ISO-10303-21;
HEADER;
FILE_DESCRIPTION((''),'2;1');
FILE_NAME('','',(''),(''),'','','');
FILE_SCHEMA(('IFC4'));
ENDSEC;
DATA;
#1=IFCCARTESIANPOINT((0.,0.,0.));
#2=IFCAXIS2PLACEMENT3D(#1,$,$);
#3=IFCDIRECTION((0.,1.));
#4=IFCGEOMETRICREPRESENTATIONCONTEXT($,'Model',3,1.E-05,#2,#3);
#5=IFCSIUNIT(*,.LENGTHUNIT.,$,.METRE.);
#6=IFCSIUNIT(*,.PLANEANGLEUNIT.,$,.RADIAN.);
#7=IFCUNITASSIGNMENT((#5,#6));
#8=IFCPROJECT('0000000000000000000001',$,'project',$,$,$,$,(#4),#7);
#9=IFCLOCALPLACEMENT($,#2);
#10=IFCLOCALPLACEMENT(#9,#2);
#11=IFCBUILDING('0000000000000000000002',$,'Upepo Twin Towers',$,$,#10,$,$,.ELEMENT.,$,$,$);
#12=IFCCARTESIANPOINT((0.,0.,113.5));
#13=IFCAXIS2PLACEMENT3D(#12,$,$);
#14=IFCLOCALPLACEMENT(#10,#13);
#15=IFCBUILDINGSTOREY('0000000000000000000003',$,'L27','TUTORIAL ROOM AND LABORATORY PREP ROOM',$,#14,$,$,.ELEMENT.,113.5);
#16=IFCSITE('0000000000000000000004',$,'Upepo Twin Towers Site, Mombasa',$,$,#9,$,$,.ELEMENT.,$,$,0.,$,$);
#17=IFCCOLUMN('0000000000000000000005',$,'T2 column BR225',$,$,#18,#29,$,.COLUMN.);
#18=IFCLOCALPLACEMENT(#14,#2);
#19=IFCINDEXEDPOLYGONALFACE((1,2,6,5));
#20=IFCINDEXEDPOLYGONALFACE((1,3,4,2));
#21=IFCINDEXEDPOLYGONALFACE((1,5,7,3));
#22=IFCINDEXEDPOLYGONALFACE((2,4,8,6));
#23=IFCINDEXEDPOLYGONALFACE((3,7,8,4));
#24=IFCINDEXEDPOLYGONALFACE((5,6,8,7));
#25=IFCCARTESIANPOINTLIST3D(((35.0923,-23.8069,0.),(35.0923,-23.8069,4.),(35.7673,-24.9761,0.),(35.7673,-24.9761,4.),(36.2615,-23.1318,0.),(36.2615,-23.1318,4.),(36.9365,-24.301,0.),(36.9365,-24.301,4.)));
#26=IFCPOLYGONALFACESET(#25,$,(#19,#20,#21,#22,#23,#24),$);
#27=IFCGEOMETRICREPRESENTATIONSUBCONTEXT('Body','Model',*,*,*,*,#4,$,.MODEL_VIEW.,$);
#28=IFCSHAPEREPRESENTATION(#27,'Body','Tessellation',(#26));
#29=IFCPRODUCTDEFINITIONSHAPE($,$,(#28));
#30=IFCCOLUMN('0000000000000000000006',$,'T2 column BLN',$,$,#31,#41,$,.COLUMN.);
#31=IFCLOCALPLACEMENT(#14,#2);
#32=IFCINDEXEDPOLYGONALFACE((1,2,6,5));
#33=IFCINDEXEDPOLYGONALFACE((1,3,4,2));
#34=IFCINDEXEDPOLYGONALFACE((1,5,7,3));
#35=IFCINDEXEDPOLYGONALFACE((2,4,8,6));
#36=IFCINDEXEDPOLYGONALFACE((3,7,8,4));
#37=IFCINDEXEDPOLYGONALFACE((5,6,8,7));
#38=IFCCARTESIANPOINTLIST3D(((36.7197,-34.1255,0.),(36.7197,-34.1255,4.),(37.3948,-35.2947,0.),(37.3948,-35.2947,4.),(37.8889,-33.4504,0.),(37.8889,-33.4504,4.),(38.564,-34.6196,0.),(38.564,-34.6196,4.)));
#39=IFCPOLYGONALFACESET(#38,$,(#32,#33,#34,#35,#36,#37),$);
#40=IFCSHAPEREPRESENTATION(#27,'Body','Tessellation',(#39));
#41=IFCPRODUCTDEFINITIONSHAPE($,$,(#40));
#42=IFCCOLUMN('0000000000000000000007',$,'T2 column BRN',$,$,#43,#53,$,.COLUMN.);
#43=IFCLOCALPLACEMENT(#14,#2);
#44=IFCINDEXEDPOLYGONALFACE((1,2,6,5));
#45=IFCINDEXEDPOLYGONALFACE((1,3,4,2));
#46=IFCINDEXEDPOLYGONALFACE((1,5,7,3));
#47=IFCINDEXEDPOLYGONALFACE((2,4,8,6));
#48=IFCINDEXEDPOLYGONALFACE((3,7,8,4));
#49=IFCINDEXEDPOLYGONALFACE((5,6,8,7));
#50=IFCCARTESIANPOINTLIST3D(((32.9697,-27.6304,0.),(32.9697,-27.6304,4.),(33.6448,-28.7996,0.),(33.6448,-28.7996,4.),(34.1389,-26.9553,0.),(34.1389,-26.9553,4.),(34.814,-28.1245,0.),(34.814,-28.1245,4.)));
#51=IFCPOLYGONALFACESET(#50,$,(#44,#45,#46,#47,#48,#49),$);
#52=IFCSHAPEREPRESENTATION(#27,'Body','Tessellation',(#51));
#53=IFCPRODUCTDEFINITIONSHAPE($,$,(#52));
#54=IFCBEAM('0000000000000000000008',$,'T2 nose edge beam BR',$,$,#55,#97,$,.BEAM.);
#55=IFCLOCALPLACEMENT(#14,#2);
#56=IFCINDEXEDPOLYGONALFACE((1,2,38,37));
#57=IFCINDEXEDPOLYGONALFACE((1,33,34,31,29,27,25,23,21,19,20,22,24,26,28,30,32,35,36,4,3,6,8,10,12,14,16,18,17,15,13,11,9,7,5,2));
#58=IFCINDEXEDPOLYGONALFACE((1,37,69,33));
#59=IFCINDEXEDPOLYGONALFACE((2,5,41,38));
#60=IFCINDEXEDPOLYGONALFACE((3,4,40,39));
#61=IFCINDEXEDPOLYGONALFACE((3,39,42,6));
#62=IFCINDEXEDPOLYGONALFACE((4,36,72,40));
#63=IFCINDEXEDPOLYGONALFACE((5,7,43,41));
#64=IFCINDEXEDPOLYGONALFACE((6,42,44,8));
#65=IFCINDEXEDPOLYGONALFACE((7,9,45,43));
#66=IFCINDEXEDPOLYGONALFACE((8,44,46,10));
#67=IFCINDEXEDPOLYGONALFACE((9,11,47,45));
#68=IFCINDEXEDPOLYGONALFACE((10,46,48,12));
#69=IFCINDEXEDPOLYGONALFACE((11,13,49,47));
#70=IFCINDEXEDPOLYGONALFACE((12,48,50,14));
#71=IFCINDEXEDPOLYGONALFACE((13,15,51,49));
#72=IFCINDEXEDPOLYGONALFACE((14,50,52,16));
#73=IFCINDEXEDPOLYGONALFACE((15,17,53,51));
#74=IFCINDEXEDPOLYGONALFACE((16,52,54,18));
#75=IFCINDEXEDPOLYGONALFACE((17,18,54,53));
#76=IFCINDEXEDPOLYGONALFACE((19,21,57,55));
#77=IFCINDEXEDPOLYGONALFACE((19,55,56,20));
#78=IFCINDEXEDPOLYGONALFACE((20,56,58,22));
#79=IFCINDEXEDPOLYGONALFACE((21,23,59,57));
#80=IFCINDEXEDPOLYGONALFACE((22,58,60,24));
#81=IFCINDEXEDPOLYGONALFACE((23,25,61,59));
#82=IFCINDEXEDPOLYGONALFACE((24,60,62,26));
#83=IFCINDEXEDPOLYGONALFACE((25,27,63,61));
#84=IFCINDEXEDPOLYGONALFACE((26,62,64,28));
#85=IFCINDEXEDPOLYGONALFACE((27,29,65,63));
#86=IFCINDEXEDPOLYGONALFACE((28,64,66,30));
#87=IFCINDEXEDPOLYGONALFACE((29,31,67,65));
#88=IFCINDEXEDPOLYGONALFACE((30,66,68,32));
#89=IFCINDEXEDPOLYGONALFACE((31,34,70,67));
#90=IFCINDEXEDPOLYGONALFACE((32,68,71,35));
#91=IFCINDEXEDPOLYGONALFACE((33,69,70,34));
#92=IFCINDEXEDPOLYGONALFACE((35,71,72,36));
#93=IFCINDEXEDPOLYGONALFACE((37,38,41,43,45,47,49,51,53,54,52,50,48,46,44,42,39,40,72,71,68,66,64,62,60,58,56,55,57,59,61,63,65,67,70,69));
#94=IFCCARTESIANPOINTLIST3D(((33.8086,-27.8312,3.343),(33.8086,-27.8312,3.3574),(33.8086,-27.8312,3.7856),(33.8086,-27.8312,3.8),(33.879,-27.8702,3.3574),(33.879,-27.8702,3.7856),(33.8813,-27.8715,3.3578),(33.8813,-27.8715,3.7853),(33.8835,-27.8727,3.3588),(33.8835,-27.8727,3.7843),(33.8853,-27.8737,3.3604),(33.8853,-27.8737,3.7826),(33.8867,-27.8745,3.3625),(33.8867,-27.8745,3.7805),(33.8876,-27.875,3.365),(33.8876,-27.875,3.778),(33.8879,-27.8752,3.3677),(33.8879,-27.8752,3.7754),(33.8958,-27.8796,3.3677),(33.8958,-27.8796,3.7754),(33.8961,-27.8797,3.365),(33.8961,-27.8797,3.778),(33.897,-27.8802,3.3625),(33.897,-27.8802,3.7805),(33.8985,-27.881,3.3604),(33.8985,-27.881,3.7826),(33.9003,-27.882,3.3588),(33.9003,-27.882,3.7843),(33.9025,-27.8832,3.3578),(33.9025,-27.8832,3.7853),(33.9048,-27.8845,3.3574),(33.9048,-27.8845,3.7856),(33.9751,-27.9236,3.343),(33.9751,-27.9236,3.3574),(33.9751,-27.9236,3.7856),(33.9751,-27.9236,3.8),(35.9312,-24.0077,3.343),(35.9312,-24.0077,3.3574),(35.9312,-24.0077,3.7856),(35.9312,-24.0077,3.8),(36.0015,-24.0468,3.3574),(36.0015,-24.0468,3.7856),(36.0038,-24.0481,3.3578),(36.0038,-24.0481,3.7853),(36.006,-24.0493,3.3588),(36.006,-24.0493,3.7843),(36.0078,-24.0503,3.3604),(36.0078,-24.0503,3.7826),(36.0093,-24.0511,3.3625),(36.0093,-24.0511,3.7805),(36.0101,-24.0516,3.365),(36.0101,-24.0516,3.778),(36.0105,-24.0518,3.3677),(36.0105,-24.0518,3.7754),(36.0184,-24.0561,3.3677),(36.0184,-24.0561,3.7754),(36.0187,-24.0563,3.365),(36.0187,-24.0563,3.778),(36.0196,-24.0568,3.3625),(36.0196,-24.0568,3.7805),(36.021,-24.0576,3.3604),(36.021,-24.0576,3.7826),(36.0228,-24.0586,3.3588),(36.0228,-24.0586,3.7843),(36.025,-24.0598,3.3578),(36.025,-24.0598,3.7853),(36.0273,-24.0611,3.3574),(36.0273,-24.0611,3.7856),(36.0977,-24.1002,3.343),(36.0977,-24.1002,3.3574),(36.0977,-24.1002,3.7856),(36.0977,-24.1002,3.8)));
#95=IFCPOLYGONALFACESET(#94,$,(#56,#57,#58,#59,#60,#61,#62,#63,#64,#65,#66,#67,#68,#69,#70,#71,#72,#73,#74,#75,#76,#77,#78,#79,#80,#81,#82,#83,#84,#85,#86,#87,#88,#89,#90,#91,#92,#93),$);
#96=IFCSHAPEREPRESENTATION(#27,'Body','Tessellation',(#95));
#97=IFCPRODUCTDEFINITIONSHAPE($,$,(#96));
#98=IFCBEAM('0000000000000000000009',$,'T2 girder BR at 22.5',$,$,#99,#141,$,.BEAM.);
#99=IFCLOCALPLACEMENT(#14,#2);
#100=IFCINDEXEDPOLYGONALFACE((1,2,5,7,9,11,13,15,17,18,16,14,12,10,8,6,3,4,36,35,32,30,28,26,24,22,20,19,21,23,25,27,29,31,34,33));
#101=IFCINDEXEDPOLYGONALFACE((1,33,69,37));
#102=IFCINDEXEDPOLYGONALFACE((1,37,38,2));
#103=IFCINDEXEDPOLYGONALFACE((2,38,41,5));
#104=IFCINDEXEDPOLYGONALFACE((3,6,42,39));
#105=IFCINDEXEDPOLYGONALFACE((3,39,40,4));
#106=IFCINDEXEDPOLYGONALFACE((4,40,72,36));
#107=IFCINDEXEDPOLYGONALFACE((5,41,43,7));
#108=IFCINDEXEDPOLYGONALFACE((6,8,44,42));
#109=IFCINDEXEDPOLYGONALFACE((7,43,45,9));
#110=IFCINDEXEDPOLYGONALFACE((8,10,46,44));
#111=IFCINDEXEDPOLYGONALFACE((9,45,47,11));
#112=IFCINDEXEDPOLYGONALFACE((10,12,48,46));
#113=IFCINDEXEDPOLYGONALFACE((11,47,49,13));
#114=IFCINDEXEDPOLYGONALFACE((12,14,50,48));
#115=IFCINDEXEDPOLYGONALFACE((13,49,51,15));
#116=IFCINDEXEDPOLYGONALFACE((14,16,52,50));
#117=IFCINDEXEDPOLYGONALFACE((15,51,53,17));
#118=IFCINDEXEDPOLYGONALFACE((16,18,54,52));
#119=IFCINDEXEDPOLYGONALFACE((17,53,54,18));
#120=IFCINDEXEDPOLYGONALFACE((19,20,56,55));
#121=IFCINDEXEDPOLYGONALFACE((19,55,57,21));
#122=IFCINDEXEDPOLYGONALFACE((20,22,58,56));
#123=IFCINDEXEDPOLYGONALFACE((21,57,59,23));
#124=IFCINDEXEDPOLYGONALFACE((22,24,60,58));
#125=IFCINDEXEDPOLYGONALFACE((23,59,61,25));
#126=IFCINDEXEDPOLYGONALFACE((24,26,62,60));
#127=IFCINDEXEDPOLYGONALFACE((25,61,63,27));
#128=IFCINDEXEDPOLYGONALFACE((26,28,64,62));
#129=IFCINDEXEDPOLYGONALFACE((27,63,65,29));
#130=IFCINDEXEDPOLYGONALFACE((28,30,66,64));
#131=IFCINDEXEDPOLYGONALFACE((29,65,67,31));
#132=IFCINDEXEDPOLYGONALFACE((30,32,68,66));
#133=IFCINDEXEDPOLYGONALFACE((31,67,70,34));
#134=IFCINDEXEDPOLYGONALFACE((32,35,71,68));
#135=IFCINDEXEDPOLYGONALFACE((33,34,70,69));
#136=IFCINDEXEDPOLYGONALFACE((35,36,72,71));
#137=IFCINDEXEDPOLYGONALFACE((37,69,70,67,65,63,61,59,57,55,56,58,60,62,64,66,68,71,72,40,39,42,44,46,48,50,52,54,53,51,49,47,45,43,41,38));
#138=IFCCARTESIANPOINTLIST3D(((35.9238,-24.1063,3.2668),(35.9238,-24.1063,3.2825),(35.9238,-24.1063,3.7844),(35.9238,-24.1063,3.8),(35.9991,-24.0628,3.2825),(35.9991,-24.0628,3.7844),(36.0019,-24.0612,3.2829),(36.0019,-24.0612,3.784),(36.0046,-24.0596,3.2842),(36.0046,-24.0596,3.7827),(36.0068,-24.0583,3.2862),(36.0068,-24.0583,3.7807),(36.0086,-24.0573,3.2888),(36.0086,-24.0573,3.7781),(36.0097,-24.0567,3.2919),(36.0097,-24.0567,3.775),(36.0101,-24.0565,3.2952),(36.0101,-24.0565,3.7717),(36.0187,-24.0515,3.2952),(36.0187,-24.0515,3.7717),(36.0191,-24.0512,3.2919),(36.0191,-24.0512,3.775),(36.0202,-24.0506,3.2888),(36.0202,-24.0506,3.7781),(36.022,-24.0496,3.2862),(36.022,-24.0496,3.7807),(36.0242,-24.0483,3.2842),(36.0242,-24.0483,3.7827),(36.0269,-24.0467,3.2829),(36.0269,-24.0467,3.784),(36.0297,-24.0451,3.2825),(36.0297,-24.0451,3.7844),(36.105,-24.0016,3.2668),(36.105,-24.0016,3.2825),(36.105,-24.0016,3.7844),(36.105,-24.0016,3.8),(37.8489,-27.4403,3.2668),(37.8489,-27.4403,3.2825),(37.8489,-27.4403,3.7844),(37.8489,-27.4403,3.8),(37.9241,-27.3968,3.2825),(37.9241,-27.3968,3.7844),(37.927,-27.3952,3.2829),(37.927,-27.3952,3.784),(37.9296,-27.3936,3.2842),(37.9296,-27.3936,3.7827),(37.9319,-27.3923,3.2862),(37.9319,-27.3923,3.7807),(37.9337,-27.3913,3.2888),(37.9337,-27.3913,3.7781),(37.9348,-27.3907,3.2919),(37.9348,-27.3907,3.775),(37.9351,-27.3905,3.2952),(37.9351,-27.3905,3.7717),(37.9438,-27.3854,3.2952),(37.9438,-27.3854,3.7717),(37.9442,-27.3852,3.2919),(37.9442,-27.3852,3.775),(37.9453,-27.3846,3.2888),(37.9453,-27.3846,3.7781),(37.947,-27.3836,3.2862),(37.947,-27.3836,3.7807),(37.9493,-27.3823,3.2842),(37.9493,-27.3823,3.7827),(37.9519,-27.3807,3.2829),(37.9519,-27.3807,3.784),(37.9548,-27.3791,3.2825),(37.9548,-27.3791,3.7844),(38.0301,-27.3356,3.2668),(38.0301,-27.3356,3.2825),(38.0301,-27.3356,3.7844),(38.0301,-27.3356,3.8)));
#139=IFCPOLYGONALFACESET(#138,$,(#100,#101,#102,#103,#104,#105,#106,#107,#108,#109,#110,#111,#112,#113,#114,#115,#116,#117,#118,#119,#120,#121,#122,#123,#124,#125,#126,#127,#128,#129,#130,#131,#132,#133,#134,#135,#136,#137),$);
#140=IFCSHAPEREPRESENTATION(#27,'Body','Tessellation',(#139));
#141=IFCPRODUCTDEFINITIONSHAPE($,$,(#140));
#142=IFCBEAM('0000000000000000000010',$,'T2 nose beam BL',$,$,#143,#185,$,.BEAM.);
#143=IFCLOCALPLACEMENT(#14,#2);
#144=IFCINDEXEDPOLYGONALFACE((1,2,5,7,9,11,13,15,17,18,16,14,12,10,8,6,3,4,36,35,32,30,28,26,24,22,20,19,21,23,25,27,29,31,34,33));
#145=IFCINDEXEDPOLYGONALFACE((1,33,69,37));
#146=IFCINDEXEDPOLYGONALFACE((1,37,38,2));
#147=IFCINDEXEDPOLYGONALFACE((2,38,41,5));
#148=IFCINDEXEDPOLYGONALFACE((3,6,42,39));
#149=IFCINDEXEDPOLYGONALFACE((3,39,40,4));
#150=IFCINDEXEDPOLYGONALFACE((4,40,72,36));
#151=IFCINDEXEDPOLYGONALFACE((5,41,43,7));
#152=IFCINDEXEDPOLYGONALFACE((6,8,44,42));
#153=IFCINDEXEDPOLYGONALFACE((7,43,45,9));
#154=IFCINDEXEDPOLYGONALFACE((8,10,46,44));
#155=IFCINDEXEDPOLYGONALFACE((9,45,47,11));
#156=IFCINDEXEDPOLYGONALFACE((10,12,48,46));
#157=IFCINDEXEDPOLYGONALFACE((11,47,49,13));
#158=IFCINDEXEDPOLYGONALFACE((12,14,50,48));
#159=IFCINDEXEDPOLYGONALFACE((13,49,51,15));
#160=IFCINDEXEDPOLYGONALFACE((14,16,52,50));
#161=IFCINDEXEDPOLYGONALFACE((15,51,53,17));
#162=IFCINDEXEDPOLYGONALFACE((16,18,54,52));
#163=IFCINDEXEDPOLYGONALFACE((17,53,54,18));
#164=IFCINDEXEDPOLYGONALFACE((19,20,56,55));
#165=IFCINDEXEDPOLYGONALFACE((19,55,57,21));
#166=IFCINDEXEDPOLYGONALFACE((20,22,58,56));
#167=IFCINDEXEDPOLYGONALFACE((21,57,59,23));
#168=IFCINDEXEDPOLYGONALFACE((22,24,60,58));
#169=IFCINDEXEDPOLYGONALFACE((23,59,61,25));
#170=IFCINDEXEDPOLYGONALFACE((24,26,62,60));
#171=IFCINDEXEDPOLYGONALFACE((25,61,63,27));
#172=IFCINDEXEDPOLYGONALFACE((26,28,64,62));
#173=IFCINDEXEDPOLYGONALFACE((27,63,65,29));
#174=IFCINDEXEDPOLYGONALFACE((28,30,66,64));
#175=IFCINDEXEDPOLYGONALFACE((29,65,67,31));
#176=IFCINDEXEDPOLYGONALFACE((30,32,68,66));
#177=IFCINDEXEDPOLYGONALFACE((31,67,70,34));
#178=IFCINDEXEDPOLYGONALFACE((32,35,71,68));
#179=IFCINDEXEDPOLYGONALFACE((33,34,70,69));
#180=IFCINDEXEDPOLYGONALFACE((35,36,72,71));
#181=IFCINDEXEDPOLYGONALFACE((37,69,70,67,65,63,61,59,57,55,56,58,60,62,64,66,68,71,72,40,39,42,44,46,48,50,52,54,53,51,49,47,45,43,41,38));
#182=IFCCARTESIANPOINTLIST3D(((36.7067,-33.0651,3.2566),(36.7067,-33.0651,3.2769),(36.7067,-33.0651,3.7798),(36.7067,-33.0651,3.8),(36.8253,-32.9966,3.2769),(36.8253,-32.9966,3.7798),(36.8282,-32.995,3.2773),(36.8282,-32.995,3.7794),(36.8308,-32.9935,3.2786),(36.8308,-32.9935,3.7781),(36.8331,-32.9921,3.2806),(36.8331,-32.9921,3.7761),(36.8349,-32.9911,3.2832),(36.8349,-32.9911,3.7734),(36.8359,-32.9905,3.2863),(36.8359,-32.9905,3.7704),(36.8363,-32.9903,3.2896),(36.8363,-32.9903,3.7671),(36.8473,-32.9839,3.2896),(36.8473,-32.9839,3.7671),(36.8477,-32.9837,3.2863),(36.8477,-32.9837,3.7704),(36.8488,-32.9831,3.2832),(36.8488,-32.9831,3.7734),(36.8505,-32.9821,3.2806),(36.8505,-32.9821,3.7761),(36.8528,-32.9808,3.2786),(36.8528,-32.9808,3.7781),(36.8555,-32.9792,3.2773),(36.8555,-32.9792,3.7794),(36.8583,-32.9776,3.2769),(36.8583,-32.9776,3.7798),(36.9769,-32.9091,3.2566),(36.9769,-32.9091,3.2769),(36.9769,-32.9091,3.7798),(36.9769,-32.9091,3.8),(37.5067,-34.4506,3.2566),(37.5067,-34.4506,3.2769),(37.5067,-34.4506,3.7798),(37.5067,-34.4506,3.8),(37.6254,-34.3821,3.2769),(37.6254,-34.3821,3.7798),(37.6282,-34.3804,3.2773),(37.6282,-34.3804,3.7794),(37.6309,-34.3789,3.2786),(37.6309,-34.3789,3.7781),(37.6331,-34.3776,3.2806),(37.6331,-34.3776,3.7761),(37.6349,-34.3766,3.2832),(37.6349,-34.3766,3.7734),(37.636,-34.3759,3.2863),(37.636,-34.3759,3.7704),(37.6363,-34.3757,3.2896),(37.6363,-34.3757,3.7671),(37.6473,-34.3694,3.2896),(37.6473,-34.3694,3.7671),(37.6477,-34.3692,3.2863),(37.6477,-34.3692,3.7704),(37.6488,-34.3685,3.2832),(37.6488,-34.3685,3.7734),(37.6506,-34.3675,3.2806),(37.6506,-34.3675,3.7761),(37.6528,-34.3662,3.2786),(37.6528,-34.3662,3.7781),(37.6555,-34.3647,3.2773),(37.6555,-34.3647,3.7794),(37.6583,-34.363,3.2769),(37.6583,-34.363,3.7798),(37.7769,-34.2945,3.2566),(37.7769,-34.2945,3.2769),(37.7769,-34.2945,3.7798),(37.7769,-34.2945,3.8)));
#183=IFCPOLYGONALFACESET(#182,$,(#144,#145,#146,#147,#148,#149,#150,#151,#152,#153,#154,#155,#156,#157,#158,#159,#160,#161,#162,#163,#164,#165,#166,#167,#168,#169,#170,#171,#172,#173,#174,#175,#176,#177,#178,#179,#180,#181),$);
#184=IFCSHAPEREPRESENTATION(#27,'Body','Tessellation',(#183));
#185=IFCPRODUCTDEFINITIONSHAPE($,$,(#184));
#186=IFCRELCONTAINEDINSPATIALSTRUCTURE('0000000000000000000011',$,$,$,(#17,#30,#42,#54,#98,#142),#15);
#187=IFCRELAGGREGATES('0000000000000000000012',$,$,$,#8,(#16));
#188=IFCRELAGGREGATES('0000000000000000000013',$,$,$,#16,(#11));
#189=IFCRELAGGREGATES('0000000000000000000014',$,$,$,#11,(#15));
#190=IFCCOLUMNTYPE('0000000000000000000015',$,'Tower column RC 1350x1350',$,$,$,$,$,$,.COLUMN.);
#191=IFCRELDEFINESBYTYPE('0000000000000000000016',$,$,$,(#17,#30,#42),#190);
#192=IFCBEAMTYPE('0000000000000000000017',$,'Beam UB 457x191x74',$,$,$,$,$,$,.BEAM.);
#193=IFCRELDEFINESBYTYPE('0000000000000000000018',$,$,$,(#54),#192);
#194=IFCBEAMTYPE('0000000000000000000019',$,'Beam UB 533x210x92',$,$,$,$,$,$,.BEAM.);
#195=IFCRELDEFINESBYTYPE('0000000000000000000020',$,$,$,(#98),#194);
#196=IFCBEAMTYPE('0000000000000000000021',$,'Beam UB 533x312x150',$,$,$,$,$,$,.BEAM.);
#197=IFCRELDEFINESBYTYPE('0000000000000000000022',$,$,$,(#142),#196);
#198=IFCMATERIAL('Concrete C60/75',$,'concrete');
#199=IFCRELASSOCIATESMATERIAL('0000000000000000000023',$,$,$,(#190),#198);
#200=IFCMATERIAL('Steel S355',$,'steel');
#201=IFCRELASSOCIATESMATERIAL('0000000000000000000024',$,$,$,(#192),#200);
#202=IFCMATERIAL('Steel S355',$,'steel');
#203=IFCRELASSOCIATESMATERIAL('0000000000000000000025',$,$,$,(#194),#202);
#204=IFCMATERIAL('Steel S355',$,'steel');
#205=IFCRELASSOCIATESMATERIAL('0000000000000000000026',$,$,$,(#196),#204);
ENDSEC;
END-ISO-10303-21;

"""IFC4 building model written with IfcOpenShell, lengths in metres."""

from ifc_helpers import new_model, si_unit, direction, frame, origin, origin_2d, place, context, subcontext, project, spatial, rectangle, i_section, extrude, material, material_profile, profile_set, type_object, element, save


model = new_model("IFC4")

# Units and contexts
model_context = context("Model", 3, precision=1e-05, world=origin(), true_north=direction((0.0, 1.0)))
body_context = subcontext(model_context, "Body", "Model", "MODEL_VIEW")
ifc_project = project(units=[si_unit("LENGTHUNIT", "METRE"), si_unit("PLANEANGLEUNIT", "RADIAN")], contexts=[model_context])

# Site, building, storey
site_placement = place(None, origin())
site = spatial("IfcSite", under=ifc_project, at=site_placement, Name="Upepo Twin Towers Site, Mombasa", CompositionType="ELEMENT", RefElevation=0.0)
building_placement = place(site_placement, origin())
building = spatial("IfcBuilding", under=site, at=building_placement, Name="Upepo Twin Towers", CompositionType="ELEMENT")
storey_placement = place(building_placement, frame((0.0, 0.0, 113.5)))
storey = spatial("IfcBuildingStorey", under=building, at=storey_placement, Name="L27", Description="TUTORIAL ROOM AND LABORATORY PREP ROOM", CompositionType="ELEMENT", Elevation=113.5)

# Columns
ifc_material_1 = material(Name="Concrete C60/75", Category="concrete")
ifc_material_profile_1 = material_profile(ifc_material_1, rectangle(XDim=1.3501, YDim=1.3501, at=origin_2d()), Name="RC 1350x1350")
ifc_profile_set_1 = profile_set([ifc_material_profile_1], Name="Concrete C60/75")
column_type = type_object("IfcColumnType", Name="Tower column RC 1350x1350", PredefinedType="COLUMN", material=ifc_profile_set_1)
for number, where, z_axis, x_axis, name in (
    (1, (36.0144, -24.054, 0.0), (0.0, 0.0, 1.0), (0.866025, 0.5, 0.0), "T2 column BR225"),
    (2, (37.6418, -34.3726, 0.0), (0.0, 0.0, 1.0), (0.866025, 0.5, 0.0), "T2 column BLN"),
    (3, (33.8918, -27.8774, 0.0), (0.0, 0.0, 1.0), (0.866025, 0.5, 0.0), "T2 column BRN"),
):
    element("IfcColumn", number, at=place(storey_placement, frame(where, z_axis=z_axis, x_axis=x_axis)), inside=storey, type_object=column_type, Name=name, PredefinedType="COLUMN", context=body_context, shape_type="SweptSolid", body=[
        extrude(rectangle(XDim=1.3501, YDim=1.3501, at=origin_2d()), origin(), (0.0, 0.0, 1.0), 4.0),
    ])

# Beams
ifc_material_2 = material(Name="Steel S355", Category="steel")
ifc_material_profile_2 = material_profile(ifc_material_2, i_section(OverallWidth=0.1904, OverallDepth=0.457, WebThickness=0.009, FlangeThickness=0.0144, FilletRadius=0.0103, at=origin_2d()), Name="UB 457x191x74")
ifc_profile_set_2 = profile_set([ifc_material_profile_2], Name="Steel S355")
beam_type_1 = type_object("IfcBeamType", Name="Beam UB 457x191x74", PredefinedType="BEAM", material=ifc_profile_set_2)
beam_1_placement = place(storey_placement, frame((36.0144, -24.054, 3.5715), z_axis=(-0.485363, -0.874313, 0.0), x_axis=(0.874313, -0.485363, 0.0)))
element("IfcBeam", 4, at=beam_1_placement, inside=storey, type_object=beam_type_1, Name="T2 nose edge beam BR", PredefinedType="BEAM", context=body_context, shape_type="SweptSolid", body=[
    extrude(i_section(OverallWidth=0.1904, OverallDepth=0.457, WebThickness=0.009, FlangeThickness=0.0144, FilletRadius=0.0103, at=origin_2d()), origin(), (0.0, 0.0, 1.0), 4.373),
])
ifc_material_3 = material(Name="Steel S355", Category="steel")
ifc_material_profile_3 = material_profile(ifc_material_3, i_section(OverallWidth=0.2092, OverallDepth=0.5332, WebThickness=0.01, FlangeThickness=0.0156, FilletRadius=0.0127, at=origin_2d()), Name="UB 533x210x92")
ifc_profile_set_3 = profile_set([ifc_material_profile_3], Name="Steel S355")
beam_type_2 = type_object("IfcBeamType", Name="Beam UB 533x210x92", PredefinedType="BEAM", material=ifc_profile_set_3)
beam_2_placement = place(storey_placement, frame((36.0144, -24.054, 3.5334), z_axis=(0.500034, -0.866006, 0.0), x_axis=(0.866006, 0.500034, 0.0)))
element("IfcBeam", 5, at=beam_2_placement, inside=storey, type_object=beam_type_2, Name="T2 girder BR at 22.5", PredefinedType="BEAM", context=body_context, shape_type="SweptSolid", body=[
    extrude(i_section(OverallWidth=0.2092, OverallDepth=0.5332, WebThickness=0.01, FlangeThickness=0.0156, FilletRadius=0.0127, at=origin_2d()), origin(), (0.0, 0.0, 1.0), 3.8499),
])
ifc_material_4 = material(Name="Steel S355", Category="steel")
ifc_material_profile_4 = material_profile(ifc_material_4, i_section(OverallWidth=0.312, OverallDepth=0.5435, WebThickness=0.0127, FlangeThickness=0.0203, FilletRadius=0.0127, at=origin_2d()), Name="UB 533x312x150")
ifc_profile_set_4 = profile_set([ifc_material_profile_4], Name="Steel S355")
beam_type_3 = type_object("IfcBeamType", Name="Beam UB 533x312x150", PredefinedType="BEAM", material=ifc_profile_set_4)
for number, where, z_axis, x_axis, name in (
    (6, (37.6418, -34.3726, 3.5283), (-0.500061, 0.86599, 0.0), (-0.86599, -0.500061, 0.0), "T2 nose beam BL"),
):
    element("IfcBeam", number, at=place(storey_placement, frame(where, z_axis=z_axis, x_axis=x_axis)), inside=storey, type_object=beam_type_3, Name=name, PredefinedType="BEAM", context=body_context, shape_type="SweptSolid", body=[
        extrude(i_section(OverallWidth=0.312, OverallDepth=0.5435, WebThickness=0.0127, FlangeThickness=0.0203, FilletRadius=0.0127, at=origin_2d()), origin(), (0.0, 0.0, 1.0), 1.5999),
    ])

save(model, "model.ifc")
